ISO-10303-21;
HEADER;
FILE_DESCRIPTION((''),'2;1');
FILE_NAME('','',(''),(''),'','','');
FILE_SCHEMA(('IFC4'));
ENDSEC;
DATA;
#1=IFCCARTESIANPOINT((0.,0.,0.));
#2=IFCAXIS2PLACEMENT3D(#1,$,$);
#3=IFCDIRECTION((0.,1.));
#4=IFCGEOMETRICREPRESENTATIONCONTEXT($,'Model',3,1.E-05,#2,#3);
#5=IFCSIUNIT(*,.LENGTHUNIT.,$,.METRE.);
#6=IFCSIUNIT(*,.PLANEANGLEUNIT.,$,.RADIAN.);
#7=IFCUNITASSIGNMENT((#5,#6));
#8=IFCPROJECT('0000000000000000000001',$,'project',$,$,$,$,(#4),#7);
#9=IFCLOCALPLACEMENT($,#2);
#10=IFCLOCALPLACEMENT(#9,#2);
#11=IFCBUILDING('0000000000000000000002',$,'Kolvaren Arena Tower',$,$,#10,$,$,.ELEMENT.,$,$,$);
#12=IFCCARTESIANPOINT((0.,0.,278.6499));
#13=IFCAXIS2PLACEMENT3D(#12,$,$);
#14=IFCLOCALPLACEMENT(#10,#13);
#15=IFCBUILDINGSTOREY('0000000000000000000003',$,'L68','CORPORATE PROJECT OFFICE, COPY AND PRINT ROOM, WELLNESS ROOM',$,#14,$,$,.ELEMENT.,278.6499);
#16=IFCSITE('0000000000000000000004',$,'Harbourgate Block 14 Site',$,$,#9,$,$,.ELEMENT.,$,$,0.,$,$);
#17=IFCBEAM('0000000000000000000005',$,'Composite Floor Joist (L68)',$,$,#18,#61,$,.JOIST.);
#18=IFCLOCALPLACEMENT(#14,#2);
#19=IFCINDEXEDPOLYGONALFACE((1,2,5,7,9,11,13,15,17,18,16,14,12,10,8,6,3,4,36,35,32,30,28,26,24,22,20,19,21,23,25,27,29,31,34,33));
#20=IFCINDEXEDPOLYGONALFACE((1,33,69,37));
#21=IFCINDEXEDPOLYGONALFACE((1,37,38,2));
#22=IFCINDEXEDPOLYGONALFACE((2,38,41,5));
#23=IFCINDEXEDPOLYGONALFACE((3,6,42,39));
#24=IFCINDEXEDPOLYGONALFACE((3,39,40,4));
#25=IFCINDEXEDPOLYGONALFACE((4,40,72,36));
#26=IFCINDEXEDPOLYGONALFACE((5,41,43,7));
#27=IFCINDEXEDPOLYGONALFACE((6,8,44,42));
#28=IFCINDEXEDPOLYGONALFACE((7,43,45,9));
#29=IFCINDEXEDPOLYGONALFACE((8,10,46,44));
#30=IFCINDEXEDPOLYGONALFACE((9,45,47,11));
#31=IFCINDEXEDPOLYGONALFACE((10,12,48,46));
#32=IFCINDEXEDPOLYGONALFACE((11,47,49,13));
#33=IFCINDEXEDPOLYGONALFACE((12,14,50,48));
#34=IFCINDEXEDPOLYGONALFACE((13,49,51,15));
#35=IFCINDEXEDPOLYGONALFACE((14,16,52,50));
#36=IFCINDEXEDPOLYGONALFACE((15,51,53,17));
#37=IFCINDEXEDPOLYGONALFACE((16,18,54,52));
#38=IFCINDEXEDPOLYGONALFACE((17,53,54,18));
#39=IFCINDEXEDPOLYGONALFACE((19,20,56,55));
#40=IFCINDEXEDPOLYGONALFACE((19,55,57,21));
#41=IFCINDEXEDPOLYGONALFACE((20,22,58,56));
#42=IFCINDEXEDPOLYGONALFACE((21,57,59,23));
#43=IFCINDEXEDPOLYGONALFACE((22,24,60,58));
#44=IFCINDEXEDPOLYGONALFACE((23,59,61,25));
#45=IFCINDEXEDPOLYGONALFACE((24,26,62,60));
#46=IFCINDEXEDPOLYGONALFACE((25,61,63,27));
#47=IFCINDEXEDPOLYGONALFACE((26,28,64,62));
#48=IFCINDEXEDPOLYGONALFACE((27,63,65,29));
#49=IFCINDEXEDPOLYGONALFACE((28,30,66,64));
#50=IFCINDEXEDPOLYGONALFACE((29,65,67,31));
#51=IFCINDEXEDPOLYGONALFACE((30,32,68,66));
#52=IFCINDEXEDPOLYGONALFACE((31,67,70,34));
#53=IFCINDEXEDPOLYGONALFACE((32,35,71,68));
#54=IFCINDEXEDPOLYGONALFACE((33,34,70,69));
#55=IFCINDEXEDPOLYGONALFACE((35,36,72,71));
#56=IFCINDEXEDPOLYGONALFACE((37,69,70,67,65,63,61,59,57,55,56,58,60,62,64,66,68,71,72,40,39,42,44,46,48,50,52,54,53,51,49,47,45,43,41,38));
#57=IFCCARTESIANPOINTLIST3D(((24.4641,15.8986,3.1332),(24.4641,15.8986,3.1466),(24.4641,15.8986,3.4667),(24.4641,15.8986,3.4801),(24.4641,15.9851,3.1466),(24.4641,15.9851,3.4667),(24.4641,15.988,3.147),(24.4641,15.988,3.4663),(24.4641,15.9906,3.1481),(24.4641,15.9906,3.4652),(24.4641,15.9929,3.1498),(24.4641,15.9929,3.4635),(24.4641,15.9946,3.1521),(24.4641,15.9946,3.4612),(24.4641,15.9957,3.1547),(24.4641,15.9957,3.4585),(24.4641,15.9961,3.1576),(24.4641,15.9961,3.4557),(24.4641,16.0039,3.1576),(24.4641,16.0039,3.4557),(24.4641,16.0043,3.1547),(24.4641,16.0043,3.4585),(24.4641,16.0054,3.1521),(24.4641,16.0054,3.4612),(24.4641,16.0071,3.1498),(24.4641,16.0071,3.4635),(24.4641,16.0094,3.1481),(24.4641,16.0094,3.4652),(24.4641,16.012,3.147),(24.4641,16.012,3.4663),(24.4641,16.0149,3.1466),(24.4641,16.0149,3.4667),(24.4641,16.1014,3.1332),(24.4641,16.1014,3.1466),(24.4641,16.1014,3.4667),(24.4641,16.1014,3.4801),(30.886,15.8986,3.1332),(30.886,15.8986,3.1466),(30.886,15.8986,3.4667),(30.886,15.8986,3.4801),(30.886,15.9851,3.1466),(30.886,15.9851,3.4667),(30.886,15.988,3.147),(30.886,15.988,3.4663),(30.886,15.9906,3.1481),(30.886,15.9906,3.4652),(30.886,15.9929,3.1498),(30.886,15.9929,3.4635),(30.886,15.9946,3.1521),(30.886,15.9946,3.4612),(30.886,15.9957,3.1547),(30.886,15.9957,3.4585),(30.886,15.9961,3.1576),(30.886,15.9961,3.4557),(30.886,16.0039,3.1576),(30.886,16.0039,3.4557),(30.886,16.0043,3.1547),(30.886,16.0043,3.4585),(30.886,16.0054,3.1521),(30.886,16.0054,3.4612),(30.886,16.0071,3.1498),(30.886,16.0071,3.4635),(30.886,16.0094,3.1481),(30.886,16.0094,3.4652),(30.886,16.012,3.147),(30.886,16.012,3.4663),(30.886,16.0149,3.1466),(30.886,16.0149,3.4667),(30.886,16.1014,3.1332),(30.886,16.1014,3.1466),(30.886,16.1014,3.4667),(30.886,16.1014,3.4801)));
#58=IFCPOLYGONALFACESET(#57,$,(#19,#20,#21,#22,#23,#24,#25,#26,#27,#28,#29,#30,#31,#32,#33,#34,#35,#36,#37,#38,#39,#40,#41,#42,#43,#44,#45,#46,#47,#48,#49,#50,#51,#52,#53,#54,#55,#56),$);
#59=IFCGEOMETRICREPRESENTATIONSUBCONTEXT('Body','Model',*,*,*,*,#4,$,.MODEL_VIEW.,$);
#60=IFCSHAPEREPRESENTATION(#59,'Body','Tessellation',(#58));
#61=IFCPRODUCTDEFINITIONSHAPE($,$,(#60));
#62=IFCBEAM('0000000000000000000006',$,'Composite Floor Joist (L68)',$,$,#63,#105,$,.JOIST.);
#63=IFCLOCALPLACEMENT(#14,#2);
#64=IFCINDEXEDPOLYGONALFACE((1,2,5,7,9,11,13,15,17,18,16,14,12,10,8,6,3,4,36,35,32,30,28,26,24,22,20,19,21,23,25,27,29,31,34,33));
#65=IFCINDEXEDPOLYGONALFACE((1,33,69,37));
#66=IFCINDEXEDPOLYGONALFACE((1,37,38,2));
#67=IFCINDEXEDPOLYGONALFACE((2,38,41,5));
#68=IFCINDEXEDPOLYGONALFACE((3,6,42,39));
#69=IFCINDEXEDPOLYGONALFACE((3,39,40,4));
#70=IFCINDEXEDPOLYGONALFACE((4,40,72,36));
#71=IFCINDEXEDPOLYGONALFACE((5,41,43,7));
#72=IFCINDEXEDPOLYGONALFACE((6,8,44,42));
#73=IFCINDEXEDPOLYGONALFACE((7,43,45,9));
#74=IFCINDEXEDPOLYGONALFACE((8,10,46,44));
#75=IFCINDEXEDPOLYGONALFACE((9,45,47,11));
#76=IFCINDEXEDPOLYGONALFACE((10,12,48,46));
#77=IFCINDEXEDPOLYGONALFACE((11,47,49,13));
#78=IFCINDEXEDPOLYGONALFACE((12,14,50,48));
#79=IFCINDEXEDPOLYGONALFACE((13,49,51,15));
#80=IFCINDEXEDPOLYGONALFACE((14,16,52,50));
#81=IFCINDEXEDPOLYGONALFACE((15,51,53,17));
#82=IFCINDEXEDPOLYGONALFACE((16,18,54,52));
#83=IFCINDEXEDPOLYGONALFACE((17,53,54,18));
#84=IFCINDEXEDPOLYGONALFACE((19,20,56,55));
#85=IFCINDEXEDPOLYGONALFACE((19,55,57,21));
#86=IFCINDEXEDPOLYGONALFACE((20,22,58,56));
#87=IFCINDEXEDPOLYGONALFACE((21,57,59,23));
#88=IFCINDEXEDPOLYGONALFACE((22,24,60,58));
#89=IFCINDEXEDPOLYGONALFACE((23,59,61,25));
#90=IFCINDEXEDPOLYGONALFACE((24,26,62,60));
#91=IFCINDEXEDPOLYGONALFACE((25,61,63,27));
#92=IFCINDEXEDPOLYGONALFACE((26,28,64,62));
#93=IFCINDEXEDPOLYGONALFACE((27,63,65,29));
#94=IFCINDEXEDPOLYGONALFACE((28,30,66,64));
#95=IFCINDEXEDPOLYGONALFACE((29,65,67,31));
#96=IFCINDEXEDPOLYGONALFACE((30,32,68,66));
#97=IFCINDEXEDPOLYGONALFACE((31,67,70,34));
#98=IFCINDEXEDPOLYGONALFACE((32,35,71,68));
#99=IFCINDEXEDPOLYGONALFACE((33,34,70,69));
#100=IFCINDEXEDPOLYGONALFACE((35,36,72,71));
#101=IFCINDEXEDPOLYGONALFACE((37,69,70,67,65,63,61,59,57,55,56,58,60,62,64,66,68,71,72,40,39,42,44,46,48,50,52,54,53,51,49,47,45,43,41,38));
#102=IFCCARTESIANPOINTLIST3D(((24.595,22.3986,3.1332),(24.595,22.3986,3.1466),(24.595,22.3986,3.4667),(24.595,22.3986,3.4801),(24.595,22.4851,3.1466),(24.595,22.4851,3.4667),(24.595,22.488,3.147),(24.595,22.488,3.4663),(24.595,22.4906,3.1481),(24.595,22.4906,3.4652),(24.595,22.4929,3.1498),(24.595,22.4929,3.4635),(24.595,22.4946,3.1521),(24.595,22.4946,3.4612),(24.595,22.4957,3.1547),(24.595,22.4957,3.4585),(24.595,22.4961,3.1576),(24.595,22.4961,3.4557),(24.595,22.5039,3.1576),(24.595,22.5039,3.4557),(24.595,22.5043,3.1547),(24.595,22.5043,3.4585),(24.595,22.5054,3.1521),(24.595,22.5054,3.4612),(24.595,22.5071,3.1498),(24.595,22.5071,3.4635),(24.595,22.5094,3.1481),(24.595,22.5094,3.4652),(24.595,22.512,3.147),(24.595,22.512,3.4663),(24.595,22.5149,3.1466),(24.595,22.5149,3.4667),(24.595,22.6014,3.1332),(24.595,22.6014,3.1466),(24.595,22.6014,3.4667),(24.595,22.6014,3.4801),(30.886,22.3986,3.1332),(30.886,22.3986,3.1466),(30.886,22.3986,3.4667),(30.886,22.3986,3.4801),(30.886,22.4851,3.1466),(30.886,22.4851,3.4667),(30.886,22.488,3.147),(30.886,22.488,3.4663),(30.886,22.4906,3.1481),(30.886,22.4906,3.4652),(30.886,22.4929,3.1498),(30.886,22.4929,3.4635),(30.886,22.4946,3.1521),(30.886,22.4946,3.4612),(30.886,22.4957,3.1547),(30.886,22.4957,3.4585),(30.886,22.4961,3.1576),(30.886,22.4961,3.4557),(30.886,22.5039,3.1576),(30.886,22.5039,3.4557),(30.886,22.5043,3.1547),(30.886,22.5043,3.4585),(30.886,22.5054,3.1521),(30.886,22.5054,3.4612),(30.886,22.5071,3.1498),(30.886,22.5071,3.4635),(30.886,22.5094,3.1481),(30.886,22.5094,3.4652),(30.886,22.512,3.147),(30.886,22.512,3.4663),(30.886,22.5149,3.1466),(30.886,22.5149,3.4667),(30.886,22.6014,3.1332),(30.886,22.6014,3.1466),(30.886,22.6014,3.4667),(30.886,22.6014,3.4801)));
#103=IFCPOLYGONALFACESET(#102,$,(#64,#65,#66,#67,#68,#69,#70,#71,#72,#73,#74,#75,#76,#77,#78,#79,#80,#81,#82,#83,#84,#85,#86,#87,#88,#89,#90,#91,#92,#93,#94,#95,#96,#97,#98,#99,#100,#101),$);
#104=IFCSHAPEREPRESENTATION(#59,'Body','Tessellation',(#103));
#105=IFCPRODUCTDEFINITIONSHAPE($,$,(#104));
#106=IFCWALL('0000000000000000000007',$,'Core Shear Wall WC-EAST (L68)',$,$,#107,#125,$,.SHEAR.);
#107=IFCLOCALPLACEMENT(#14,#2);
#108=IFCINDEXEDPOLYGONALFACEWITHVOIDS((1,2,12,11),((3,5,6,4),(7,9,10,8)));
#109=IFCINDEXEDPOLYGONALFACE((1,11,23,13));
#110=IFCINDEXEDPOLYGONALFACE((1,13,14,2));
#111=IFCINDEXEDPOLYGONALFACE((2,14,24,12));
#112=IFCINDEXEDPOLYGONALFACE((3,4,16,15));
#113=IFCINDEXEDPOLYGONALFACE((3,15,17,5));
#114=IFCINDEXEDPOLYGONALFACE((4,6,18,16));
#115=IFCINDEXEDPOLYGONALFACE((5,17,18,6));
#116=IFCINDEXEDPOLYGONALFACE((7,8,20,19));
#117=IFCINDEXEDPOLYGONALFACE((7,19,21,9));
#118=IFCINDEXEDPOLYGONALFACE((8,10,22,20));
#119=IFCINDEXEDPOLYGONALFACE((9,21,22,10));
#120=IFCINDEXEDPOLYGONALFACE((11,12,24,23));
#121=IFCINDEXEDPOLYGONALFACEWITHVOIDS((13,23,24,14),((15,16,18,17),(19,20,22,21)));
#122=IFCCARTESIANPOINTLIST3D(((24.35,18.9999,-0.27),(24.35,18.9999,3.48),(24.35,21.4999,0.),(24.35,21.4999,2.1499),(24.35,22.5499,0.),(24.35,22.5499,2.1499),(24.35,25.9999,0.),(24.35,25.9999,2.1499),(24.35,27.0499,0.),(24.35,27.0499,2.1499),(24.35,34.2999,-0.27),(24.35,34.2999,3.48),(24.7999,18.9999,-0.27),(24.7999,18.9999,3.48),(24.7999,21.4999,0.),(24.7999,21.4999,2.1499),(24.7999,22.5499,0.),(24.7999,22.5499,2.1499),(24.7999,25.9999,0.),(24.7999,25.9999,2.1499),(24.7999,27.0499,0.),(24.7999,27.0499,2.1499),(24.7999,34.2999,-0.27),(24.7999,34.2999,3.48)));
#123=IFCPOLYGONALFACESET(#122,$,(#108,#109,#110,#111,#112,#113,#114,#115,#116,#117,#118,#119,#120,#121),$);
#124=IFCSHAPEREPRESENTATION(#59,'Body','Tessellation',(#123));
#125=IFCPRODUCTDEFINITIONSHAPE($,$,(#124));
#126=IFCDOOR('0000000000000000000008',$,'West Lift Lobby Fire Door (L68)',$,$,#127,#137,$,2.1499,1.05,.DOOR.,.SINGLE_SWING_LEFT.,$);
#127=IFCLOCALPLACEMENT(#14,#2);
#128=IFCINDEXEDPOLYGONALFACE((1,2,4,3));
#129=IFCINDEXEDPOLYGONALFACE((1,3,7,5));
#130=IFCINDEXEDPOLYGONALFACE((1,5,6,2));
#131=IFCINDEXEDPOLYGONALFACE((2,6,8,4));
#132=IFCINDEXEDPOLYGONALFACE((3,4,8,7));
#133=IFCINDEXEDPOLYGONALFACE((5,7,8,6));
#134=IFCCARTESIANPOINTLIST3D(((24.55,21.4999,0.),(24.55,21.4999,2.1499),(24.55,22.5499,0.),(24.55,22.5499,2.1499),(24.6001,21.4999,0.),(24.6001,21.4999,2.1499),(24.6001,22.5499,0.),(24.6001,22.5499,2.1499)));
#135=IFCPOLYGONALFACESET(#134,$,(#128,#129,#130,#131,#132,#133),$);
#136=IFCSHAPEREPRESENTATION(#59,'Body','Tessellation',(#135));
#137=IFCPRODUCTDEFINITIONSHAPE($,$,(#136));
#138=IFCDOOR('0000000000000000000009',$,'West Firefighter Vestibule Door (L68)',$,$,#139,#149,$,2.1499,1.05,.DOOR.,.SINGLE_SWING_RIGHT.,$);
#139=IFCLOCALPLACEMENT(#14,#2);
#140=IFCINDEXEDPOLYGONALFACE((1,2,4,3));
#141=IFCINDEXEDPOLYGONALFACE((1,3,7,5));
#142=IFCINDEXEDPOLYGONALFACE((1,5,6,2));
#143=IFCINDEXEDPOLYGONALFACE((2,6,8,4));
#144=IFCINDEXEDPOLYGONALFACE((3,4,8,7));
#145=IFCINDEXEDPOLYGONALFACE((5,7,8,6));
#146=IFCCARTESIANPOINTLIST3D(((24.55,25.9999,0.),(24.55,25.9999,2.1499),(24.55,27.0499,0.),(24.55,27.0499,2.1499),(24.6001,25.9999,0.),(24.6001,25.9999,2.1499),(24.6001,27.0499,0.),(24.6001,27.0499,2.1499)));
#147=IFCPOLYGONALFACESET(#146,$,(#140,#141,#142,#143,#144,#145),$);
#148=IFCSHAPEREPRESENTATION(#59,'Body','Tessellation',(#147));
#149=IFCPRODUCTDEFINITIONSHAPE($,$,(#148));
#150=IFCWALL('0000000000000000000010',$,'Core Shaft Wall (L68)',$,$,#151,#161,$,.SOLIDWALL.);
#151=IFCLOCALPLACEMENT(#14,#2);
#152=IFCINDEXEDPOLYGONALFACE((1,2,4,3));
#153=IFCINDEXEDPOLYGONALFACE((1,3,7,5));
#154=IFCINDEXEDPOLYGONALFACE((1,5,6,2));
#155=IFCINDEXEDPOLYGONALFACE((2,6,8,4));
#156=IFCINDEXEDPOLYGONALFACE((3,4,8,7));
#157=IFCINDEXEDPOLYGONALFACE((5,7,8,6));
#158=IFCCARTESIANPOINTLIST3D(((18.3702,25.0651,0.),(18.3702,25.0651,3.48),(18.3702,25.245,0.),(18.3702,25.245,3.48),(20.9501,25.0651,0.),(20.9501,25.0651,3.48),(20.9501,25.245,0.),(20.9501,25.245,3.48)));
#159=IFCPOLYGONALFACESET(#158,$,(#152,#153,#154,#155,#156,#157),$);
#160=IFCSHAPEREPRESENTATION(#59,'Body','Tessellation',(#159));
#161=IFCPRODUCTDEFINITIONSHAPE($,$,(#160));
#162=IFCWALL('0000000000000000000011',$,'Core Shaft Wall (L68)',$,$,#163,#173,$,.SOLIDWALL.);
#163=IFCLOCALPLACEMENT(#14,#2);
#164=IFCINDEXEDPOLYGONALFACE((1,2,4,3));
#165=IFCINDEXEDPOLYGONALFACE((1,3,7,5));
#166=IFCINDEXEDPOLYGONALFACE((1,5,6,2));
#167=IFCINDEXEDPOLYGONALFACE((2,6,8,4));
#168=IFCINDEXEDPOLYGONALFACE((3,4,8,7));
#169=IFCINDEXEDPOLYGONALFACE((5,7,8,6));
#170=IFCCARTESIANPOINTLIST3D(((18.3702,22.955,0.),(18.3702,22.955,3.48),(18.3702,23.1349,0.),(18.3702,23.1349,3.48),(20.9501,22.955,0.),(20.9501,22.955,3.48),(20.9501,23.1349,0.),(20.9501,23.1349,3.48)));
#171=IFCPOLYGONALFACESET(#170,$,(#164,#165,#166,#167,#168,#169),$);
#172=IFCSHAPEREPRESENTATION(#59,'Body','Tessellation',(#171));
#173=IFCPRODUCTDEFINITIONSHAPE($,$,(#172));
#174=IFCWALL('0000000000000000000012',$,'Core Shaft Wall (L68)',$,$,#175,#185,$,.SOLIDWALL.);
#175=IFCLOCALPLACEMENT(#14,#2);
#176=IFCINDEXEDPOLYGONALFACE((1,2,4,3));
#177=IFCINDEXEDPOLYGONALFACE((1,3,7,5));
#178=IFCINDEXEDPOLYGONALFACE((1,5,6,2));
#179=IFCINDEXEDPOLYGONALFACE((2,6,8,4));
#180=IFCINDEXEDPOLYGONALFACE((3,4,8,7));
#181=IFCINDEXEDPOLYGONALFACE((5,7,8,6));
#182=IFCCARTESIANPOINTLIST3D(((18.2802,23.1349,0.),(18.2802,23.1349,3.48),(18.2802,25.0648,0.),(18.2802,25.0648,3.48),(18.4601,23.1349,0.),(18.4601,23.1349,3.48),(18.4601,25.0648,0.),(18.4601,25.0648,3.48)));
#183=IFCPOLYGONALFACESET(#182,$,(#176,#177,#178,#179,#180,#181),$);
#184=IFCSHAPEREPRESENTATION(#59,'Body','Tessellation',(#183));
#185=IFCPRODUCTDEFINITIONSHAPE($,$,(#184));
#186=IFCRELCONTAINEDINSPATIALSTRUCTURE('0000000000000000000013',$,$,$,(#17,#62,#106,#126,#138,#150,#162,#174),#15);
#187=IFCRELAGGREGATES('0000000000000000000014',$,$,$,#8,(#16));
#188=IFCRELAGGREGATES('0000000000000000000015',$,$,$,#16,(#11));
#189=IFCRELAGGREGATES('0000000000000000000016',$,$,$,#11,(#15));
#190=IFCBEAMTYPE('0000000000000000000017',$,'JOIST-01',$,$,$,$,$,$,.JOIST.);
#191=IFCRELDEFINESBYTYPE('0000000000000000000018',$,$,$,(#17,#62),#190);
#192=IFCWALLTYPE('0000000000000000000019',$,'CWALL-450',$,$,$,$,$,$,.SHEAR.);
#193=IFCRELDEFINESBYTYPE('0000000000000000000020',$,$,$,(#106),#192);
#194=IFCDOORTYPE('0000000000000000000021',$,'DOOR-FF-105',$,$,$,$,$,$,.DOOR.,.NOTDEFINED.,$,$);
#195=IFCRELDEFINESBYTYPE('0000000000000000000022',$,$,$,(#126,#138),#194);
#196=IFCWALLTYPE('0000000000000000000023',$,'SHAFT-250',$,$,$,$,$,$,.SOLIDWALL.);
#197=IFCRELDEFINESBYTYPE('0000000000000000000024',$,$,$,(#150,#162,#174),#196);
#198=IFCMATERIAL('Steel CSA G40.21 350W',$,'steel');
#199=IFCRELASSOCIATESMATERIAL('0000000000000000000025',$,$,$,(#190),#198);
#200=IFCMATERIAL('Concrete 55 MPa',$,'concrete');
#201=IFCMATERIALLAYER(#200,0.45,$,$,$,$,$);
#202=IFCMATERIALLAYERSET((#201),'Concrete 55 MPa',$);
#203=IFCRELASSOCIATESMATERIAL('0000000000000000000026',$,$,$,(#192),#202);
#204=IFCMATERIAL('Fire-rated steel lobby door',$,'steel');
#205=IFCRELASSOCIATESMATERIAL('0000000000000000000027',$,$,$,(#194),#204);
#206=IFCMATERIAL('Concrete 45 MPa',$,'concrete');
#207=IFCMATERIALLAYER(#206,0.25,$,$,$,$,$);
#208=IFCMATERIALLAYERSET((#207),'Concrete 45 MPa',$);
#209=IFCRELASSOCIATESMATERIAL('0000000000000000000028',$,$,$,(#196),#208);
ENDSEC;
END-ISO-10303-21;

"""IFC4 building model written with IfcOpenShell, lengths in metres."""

from ifc_helpers import new_model, si_unit, direction, frame, frame_2d, origin, origin_2d, place, context, subcontext, project, spatial, rectangle, i_section, extrude, material, layer, layer_set, material_profile, profile_set, type_object, element, fill, save


model = new_model("IFC4")

# Units and contexts
model_context = context("Model", 3, precision=1e-05, world=origin(), true_north=direction((0.0, 1.0)))
body_context = subcontext(model_context, "Body", "Model", "MODEL_VIEW")
ifc_project = project(units=[si_unit("LENGTHUNIT", "METRE"), si_unit("PLANEANGLEUNIT", "RADIAN")], contexts=[model_context])

# Site, building, storey
site_placement = place(None, origin())
site = spatial("IfcSite", under=ifc_project, at=site_placement, Name="Harbourgate Block 14 Site", CompositionType="ELEMENT", RefElevation=0.0)
building_placement = place(site_placement, origin())
building = spatial("IfcBuilding", under=site, at=building_placement, Name="Kolvaren Arena Tower", CompositionType="ELEMENT")
storey_placement = place(building_placement, frame((0.0, 0.0, 278.6499)))
storey = spatial("IfcBuildingStorey", under=building, at=storey_placement, Name="L68", Description="CORPORATE PROJECT OFFICE, COPY AND PRINT ROOM, WELLNESS ROOM", CompositionType="ELEMENT", Elevation=278.6499)

# Beams
ifc_material_1 = material(Name="Steel CSA G40.21 350W", Category="steel")
ifc_material_profile_1 = material_profile(ifc_material_1, i_section(OverallWidth=0.2029, OverallDepth=0.3469, WebThickness=0.0078, FlangeThickness=0.0134, FilletRadius=0.011, at=origin_2d()), Name="W360x64")
ifc_profile_set_1 = profile_set([ifc_material_profile_1], Name="Steel CSA G40.21 350W")
beam_type_1 = type_object("IfcBeamType", Name="JOIST-01", PredefinedType="JOIST", material=ifc_profile_set_1)
beam_1_placement = place(storey_placement, frame((24.4641, 16.0, 3.3066), z_axis=(1.0, 0.0, 0.0), x_axis=(0.0, 1.0, 0.0)))
element("IfcBeam", 1, at=beam_1_placement, inside=storey, type_object=beam_type_1, Name="Composite Floor Joist (L68)", PredefinedType="JOIST", context=body_context, shape_type="SweptSolid", body=[
    extrude(i_section(OverallWidth=0.2029, OverallDepth=0.3469, WebThickness=0.0078, FlangeThickness=0.0134, FilletRadius=0.011, at=origin_2d()), origin(), (0.0, 0.0, 1.0), 6.4219),
])
beam_2_placement = place(storey_placement, frame((24.595, 22.5, 3.3066), z_axis=(1.0, 0.0, 0.0), x_axis=(0.0, 1.0, 0.0)))
element("IfcBeam", 2, at=beam_2_placement, inside=storey, type_object=beam_type_1, Name="Composite Floor Joist (L68)", PredefinedType="JOIST", context=body_context, shape_type="SweptSolid", body=[
    extrude(i_section(OverallWidth=0.2029, OverallDepth=0.3469, WebThickness=0.0078, FlangeThickness=0.0134, FilletRadius=0.011, at=origin_2d()), origin(), (0.0, 0.0, 1.0), 6.291),
])

# Wall, openings, doors
ifc_material_2 = material(Name="Concrete 55 MPa", Category="concrete")
ifc_layer_1 = layer(ifc_material_2, 0.45)
ifc_layer_set_1 = layer_set([ifc_layer_1], Name="Concrete 55 MPa")
wall_type_1 = type_object("IfcWallType", Name="CWALL-450", PredefinedType="SHEAR", material=ifc_layer_set_1)
wall_1_placement = place(storey_placement, frame((24.575, 19.0, -0.27), z_axis=(0.0, 0.0, 1.0), x_axis=(0.0, 1.0, 0.0)))
wall_1 = element("IfcWall", 3, at=wall_1_placement, inside=storey, type_object=wall_type_1, Name="Core Shear Wall WC-EAST (L68)", PredefinedType="SHEAR", context=body_context, shape_type="SweptSolid", body=[
    extrude(rectangle(XDim=15.3, YDim=0.45, at=frame_2d((7.6499, 0.0))), origin(), (0.0, 0.0, 1.0), 3.75),
])
opening_1_placement = place(wall_1_placement, frame((2.5, 0.0, 0.27)))
opening_1 = element("IfcOpeningElement", 4, at=opening_1_placement, cuts=wall_1, PredefinedType="OPENING", context=body_context, shape_type="SweptSolid", body=[
    extrude(rectangle(XDim=1.05, YDim=2.1499, at=frame_2d((0.5249, 1.075))), frame((0.0, 0.2349, 0.0), z_axis=(0.0, -1.0, 0.0), x_axis=(1.0, 0.0, 0.0)), (0.0, 0.0, 1.0), 0.47),
])
opening_2_placement = place(wall_1_placement, frame((7.0, 0.0, 0.27)))
opening_2 = element("IfcOpeningElement", 5, at=opening_2_placement, cuts=wall_1, PredefinedType="OPENING", context=body_context, shape_type="SweptSolid", body=[
    extrude(rectangle(XDim=1.05, YDim=2.1499, at=frame_2d((0.5249, 1.075))), frame((0.0, 0.2349, 0.0), z_axis=(0.0, -1.0, 0.0), x_axis=(1.0, 0.0, 0.0)), (0.0, 0.0, 1.0), 0.47),
])
ifc_material_3 = material(Name="Fire-rated steel lobby door", Category="steel")
door_type = type_object("IfcDoorType", Name="DOOR-FF-105", OperationType="NOTDEFINED", PredefinedType="DOOR", material=ifc_material_3)
door_1_placement = place(opening_1_placement, origin())
door_1 = element("IfcDoor", 6, at=door_1_placement, inside=storey, type_object=door_type, Name="West Lift Lobby Fire Door (L68)", OperationType="SINGLE_SWING_LEFT", OverallHeight=2.1499, OverallWidth=1.05, PredefinedType="DOOR", context=body_context, shape_type="SweptSolid", body=[
    extrude(rectangle(XDim=1.05, YDim=2.1499, at=frame_2d((0.5249, 1.075))), frame((0.0, 0.0249, 0.0), z_axis=(0.0, -1.0, 0.0), x_axis=(1.0, 0.0, 0.0)), (0.0, 0.0, 1.0), 0.05),
])
fill(opening_1, door_1)
door_2_placement = place(opening_2_placement, origin())
door_2 = element("IfcDoor", 7, at=door_2_placement, inside=storey, type_object=door_type, Name="West Firefighter Vestibule Door (L68)", OperationType="SINGLE_SWING_RIGHT", OverallHeight=2.1499, OverallWidth=1.05, PredefinedType="DOOR", context=body_context, shape_type="SweptSolid", body=[
    extrude(rectangle(XDim=1.05, YDim=2.1499, at=frame_2d((0.5249, 1.075))), frame((0.0, 0.0249, 0.0), z_axis=(0.0, -1.0, 0.0), x_axis=(1.0, 0.0, 0.0)), (0.0, 0.0, 1.0), 0.05),
])
fill(opening_2, door_2)

# Walls
ifc_material_4 = material(Name="Concrete 45 MPa", Category="concrete")
ifc_layer_2 = layer(ifc_material_4, 0.25)
ifc_layer_set_2 = layer_set([ifc_layer_2], Name="Concrete 45 MPa")
wall_type_2 = type_object("IfcWallType", Name="SHAFT-250", PredefinedType="SOLIDWALL", material=ifc_layer_set_2)
for number, where, z_axis, x_axis, name in (
    (8, (18.3701, 25.155, 0.0), (0.0, 0.0, 1.0), (1.0, 0.0, 0.0), "Core Shaft Wall (L68)"),
    (9, (18.3701, 23.0449, 0.0), (0.0, 0.0, 1.0), (1.0, 0.0, 0.0), "Core Shaft Wall (L68)"),
):
    element("IfcWall", number, at=place(storey_placement, frame(where, z_axis=z_axis, x_axis=x_axis)), inside=storey, type_object=wall_type_2, Name=name, PredefinedType="SOLIDWALL", context=body_context, shape_type="SweptSolid", body=[
        extrude(rectangle(XDim=2.5798, YDim=0.1799, at=frame_2d((1.29, 0.0))), origin(), (0.0, 0.0, 1.0), 3.48),
    ])
for number, where, z_axis, x_axis, name in (
    (10, (18.3701, 23.135, 0.0), (0.0, 0.0, 1.0), (0.0, 1.0, 0.0), "Core Shaft Wall (L68)"),
):
    element("IfcWall", number, at=place(storey_placement, frame(where, z_axis=z_axis, x_axis=x_axis)), inside=storey, type_object=wall_type_2, Name=name, PredefinedType="SOLIDWALL", context=body_context, shape_type="SweptSolid", body=[
        extrude(rectangle(XDim=1.9299, YDim=0.1799, at=frame_2d((0.9648, 0.0))), origin(), (0.0, 0.0, 1.0), 3.48),
    ])

save(model, "model.ifc")
